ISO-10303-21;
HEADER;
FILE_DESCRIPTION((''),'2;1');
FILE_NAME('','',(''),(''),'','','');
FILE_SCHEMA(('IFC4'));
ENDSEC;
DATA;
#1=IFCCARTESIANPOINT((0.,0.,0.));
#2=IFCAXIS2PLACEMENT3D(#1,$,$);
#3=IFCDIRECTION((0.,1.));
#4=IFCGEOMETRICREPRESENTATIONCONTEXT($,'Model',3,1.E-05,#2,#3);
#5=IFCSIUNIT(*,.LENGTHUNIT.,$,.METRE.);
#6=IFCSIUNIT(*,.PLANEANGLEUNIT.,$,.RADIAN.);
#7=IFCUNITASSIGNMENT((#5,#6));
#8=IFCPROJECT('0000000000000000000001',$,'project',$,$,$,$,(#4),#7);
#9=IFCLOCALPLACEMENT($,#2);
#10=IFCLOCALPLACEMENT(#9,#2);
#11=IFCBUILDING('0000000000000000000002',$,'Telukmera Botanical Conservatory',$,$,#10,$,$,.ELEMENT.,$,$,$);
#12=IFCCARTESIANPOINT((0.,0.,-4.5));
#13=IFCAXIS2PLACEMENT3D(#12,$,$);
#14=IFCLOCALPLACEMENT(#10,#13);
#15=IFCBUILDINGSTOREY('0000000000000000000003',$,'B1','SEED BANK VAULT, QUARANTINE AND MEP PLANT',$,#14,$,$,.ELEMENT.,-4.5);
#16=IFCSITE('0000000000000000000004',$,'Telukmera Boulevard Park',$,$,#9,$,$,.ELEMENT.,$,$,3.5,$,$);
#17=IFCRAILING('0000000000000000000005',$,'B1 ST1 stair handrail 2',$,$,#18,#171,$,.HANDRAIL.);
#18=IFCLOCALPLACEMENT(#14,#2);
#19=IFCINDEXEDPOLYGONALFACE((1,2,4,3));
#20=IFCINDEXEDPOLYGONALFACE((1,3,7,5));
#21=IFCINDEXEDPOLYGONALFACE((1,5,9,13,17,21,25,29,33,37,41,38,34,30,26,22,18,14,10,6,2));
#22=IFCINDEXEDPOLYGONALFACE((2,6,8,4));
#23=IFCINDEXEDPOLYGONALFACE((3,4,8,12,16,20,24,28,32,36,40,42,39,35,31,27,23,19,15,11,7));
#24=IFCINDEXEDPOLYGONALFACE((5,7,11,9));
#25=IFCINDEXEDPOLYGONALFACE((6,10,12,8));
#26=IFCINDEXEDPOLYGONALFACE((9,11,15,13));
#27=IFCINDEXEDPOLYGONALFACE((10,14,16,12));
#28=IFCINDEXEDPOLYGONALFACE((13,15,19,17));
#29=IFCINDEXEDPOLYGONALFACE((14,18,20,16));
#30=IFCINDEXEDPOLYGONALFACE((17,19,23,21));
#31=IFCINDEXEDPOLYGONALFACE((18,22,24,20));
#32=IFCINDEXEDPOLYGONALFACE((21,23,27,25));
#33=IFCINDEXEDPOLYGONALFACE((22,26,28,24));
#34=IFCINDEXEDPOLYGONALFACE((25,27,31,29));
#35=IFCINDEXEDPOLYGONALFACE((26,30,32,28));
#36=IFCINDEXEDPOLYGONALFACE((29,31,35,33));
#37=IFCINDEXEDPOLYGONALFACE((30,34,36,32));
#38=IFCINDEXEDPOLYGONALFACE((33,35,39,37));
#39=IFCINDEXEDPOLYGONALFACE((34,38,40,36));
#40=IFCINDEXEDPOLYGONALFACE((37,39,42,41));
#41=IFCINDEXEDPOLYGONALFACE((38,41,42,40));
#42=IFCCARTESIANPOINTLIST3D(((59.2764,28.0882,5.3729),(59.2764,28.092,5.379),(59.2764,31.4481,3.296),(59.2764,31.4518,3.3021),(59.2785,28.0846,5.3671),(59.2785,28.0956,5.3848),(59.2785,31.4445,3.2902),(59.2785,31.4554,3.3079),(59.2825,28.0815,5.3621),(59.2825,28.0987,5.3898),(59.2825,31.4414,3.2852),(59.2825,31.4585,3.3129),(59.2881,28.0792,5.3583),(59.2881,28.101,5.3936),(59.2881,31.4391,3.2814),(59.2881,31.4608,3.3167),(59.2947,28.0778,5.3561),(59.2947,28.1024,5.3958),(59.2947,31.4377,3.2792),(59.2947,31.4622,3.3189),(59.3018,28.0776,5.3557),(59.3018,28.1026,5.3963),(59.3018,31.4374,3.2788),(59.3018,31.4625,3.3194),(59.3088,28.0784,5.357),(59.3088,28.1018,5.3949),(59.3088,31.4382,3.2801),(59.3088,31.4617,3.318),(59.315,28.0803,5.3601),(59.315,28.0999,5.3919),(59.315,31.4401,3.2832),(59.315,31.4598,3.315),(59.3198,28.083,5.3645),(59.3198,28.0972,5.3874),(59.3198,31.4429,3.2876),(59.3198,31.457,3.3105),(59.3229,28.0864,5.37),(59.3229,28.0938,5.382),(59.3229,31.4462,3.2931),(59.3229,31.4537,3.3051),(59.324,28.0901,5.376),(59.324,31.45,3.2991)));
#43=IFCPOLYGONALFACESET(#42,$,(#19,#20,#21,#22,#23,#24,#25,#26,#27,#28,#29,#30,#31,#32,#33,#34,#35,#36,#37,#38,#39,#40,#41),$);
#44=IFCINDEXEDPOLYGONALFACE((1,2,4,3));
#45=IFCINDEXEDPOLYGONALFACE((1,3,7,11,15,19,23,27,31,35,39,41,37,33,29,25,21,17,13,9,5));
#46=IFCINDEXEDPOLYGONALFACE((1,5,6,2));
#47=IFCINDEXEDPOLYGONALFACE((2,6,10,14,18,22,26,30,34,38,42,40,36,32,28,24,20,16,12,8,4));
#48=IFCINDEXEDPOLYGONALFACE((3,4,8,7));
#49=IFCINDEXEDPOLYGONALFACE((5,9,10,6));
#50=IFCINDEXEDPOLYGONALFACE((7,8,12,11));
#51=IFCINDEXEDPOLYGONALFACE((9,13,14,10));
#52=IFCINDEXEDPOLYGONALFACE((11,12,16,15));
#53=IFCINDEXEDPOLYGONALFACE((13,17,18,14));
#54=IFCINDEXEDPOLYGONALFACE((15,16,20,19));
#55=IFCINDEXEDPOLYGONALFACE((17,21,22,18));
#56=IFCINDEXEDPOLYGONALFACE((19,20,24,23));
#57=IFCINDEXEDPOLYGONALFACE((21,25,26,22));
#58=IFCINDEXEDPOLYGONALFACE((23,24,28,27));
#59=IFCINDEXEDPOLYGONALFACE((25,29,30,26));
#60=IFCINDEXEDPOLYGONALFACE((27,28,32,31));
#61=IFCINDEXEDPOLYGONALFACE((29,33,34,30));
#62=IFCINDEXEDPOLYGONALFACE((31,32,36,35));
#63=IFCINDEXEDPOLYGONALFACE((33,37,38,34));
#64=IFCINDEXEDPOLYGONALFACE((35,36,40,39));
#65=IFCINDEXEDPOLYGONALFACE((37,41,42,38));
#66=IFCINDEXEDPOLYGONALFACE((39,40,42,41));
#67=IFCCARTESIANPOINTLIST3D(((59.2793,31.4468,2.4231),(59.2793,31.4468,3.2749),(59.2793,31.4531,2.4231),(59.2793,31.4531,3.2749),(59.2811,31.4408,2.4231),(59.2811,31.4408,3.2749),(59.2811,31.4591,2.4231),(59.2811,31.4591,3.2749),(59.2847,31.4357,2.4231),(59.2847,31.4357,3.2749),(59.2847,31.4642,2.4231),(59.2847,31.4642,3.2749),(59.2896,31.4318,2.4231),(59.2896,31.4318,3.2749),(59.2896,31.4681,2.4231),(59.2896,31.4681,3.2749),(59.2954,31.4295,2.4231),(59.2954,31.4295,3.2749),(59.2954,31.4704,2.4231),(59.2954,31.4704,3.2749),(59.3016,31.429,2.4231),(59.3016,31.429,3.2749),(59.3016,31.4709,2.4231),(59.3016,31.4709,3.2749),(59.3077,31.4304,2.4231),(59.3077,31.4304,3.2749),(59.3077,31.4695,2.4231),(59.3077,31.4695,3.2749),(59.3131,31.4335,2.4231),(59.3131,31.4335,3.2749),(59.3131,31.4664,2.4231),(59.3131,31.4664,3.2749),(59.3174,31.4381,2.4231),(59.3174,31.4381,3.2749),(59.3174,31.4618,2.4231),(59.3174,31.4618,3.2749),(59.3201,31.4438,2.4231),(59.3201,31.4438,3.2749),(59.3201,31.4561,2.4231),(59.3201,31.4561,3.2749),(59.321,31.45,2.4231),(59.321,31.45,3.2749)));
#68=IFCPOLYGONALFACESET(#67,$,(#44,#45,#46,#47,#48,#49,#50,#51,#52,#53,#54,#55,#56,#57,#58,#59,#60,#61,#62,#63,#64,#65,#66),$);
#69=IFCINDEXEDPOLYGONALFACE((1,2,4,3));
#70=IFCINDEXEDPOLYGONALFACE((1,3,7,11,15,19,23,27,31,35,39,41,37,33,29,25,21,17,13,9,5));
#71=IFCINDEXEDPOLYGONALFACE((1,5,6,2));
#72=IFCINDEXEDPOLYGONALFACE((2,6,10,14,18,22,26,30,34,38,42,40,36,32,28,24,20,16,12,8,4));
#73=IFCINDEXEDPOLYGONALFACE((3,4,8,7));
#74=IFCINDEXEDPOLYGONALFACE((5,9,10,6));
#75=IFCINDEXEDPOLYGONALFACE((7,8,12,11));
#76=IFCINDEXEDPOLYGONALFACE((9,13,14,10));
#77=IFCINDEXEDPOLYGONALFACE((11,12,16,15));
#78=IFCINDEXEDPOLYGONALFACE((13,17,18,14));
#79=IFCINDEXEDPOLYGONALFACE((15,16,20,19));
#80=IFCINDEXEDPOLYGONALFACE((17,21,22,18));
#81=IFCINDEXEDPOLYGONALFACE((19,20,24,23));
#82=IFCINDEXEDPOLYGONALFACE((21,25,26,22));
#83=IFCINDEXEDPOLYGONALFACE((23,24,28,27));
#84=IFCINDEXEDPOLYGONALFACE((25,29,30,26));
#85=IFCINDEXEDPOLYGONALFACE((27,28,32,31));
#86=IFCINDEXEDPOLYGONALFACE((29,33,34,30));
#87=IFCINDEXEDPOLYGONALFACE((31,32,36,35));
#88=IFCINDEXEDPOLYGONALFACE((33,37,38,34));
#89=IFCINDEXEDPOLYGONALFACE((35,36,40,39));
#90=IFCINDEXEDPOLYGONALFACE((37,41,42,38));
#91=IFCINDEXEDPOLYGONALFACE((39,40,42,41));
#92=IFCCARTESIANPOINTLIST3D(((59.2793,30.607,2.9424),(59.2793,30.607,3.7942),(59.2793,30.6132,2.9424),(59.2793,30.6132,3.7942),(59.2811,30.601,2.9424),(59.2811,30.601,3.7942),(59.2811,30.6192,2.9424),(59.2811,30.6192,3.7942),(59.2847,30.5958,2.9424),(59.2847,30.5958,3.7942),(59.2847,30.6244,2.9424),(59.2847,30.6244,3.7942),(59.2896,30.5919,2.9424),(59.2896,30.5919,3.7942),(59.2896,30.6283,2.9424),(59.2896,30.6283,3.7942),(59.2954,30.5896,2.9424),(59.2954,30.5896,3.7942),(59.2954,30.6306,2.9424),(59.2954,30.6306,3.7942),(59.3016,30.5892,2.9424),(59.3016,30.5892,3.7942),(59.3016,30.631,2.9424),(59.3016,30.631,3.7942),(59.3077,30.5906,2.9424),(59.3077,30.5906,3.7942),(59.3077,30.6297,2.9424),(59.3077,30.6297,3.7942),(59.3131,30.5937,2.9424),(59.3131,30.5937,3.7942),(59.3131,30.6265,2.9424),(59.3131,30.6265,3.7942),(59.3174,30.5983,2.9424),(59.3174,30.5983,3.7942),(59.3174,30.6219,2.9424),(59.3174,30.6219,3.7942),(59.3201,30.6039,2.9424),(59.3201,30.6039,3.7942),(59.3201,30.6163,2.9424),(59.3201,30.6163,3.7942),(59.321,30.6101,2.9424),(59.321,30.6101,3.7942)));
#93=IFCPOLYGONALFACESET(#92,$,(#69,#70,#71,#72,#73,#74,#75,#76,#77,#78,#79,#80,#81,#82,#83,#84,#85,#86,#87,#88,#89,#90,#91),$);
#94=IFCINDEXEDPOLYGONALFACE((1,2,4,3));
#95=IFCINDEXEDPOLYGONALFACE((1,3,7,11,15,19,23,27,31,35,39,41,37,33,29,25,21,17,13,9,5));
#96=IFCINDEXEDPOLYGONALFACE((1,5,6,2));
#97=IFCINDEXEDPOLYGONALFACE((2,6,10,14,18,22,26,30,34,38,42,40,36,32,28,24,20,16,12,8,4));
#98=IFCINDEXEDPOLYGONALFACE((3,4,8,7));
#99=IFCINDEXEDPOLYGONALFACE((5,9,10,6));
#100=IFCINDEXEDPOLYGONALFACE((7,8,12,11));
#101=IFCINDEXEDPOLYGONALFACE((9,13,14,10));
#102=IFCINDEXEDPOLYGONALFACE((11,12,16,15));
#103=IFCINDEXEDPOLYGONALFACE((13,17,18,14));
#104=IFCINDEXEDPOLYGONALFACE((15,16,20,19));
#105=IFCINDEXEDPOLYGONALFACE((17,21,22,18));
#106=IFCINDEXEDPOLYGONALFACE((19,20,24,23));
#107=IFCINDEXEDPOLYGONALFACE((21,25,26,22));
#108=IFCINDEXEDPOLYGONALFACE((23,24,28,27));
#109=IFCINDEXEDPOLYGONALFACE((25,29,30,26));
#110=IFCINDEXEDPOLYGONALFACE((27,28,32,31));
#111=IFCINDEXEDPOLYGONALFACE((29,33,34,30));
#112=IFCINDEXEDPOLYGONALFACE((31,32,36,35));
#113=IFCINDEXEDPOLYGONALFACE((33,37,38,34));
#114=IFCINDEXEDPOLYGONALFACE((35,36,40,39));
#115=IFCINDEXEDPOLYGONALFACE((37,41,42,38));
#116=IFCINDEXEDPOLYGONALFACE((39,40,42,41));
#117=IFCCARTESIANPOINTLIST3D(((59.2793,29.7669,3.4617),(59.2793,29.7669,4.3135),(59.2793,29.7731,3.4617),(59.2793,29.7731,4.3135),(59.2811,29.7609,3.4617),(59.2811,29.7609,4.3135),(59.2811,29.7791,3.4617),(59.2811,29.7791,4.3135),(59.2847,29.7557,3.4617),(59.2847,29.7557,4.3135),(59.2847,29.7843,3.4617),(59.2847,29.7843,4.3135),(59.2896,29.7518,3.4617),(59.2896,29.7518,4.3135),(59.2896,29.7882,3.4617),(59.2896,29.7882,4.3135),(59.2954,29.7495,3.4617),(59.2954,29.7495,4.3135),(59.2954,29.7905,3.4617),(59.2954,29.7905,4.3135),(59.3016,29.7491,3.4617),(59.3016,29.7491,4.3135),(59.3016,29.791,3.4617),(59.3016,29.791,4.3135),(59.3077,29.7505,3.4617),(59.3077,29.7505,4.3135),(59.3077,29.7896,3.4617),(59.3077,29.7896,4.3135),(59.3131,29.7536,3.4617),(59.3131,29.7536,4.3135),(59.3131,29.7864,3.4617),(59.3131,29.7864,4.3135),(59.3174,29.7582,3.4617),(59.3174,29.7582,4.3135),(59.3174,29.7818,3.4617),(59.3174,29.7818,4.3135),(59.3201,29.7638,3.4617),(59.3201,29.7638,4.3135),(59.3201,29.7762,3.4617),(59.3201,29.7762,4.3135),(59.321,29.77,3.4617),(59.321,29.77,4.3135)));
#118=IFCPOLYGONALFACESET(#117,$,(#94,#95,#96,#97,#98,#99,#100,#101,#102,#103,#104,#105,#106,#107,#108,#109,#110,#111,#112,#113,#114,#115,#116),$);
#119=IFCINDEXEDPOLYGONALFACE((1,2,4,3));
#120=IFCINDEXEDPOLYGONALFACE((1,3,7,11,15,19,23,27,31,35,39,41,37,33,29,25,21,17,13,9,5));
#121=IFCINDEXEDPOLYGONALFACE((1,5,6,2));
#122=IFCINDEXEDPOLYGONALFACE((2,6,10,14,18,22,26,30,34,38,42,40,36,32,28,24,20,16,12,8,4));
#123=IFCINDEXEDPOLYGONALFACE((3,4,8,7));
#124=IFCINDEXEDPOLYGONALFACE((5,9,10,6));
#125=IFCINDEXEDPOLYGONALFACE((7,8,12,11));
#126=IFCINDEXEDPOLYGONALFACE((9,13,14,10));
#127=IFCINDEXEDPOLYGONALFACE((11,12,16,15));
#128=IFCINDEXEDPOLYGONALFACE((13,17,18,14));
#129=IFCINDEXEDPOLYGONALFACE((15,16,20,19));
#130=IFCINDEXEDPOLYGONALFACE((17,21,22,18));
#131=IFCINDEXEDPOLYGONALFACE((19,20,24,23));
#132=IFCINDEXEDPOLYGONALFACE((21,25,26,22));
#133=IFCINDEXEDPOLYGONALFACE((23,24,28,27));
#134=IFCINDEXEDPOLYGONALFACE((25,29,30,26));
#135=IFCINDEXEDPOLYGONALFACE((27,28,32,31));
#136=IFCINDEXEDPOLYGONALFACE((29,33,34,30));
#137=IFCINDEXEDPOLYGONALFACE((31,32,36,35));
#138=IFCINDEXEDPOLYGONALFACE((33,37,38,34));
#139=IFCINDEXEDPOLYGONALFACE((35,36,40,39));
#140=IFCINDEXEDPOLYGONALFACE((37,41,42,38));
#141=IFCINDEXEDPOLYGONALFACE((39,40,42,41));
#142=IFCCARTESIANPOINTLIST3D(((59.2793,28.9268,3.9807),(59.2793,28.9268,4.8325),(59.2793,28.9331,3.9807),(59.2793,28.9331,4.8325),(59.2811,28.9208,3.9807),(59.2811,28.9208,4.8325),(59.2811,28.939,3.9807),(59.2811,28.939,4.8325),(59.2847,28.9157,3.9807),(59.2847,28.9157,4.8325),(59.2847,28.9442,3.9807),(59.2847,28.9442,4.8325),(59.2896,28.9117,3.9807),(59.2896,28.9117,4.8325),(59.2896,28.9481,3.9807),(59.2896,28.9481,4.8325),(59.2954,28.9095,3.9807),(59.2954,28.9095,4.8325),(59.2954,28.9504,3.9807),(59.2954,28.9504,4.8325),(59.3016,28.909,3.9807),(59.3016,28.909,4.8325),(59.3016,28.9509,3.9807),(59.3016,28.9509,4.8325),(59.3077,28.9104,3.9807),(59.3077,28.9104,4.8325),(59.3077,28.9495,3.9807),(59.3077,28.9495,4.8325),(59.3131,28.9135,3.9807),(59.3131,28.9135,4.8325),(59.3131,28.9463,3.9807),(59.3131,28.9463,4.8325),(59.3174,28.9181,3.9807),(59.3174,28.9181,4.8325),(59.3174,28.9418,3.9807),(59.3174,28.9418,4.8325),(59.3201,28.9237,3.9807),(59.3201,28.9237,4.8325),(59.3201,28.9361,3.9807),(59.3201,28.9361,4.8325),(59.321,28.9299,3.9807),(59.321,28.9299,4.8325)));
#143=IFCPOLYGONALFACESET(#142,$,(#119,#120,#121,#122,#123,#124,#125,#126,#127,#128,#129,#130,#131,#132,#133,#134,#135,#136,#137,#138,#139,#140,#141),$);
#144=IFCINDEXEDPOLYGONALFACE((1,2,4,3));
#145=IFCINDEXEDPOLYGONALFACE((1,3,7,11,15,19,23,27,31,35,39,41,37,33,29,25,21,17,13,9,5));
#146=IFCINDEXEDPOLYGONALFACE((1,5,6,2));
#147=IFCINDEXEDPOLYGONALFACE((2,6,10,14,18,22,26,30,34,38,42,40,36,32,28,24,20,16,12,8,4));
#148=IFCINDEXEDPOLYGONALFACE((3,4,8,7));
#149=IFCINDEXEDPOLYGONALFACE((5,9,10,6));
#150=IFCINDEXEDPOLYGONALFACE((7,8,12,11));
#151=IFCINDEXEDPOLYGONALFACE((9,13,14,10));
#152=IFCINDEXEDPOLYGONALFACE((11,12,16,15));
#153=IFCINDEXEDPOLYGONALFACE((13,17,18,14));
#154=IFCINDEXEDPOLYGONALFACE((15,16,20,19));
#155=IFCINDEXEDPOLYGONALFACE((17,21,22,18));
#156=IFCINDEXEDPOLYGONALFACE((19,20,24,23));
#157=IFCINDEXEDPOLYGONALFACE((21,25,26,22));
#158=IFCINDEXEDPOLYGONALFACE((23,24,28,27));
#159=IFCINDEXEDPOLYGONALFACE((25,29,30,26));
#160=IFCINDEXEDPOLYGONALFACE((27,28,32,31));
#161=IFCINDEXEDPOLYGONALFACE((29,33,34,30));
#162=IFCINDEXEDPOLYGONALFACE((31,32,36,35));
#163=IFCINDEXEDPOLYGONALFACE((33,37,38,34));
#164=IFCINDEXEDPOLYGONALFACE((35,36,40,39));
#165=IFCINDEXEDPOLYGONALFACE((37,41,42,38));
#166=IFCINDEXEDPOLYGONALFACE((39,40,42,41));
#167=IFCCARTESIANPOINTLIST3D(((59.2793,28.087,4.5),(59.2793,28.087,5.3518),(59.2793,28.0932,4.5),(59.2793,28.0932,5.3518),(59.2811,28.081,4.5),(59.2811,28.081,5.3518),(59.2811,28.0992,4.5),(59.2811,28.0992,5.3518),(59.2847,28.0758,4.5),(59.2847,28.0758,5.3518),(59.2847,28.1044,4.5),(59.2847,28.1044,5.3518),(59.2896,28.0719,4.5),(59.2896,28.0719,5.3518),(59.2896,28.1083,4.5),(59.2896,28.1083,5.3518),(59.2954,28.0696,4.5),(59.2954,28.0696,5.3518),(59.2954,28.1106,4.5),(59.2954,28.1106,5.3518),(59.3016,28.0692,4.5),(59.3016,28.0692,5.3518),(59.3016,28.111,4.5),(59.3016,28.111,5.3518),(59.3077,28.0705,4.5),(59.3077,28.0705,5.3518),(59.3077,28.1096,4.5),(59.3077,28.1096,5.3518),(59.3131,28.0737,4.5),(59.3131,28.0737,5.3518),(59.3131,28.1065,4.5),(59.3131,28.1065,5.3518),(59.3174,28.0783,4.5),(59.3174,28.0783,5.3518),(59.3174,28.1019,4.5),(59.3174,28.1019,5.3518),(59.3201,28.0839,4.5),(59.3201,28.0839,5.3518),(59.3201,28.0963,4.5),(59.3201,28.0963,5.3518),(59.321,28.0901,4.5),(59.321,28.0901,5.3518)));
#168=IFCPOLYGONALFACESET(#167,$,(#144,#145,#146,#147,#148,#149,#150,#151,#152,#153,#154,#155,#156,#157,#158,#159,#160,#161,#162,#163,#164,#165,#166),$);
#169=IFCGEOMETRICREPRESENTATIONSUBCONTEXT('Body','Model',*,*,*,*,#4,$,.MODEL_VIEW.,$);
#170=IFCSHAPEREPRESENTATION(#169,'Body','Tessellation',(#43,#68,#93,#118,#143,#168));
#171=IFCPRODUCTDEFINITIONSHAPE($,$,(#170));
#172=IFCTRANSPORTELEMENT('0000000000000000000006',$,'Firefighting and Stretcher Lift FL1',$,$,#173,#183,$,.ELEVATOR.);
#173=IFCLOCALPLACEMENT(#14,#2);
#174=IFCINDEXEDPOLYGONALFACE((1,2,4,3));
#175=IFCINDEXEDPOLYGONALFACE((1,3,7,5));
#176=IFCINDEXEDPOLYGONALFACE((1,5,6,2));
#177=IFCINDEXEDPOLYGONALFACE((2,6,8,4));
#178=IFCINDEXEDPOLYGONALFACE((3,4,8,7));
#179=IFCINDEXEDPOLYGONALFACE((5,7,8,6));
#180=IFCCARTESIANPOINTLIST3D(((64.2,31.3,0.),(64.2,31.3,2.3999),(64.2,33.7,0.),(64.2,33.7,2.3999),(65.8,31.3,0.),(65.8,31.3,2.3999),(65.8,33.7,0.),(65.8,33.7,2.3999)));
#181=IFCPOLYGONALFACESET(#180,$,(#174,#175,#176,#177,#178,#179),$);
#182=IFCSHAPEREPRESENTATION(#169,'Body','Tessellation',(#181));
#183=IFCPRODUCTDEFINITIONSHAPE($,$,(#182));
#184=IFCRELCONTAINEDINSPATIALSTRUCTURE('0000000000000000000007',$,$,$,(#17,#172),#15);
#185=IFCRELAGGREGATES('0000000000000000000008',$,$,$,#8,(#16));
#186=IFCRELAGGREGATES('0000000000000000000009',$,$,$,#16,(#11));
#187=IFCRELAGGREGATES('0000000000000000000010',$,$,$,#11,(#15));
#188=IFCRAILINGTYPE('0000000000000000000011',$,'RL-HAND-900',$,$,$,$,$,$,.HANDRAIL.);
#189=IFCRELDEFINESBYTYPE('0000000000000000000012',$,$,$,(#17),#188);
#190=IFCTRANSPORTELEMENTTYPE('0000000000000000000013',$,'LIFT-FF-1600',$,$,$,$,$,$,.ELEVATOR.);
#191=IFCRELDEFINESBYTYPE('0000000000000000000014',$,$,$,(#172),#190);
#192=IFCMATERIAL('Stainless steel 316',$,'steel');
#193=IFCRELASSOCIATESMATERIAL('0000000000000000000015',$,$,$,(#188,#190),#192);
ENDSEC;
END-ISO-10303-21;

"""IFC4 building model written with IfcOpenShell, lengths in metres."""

from ifc_helpers import new_model, si_unit, direction, frame, origin, origin_2d, place, context, subcontext, project, spatial, rectangle, circle, extrude, material, type_object, element, save


model = new_model("IFC4")

# Units and contexts
model_context = context("Model", 3, precision=1e-05, world=origin(), true_north=direction((0.0, 1.0)))
body_context = subcontext(model_context, "Body", "Model", "MODEL_VIEW")
ifc_project = project(units=[si_unit("LENGTHUNIT", "METRE"), si_unit("PLANEANGLEUNIT", "RADIAN")], contexts=[model_context])

# Site, building, storey
site_placement = place(None, origin())
site = spatial("IfcSite", under=ifc_project, at=site_placement, Name="Telukmera Boulevard Park", CompositionType="ELEMENT", RefElevation=3.5)
building_placement = place(site_placement, origin())
building = spatial("IfcBuilding", under=site, at=building_placement, Name="Telukmera Botanical Conservatory", CompositionType="ELEMENT")
storey_placement = place(building_placement, frame((0.0, 0.0, -4.5)))
storey = spatial("IfcBuildingStorey", under=building, at=storey_placement, Name="B1", Description="SEED BANK VAULT, QUARANTINE AND MEP PLANT", CompositionType="ELEMENT", Elevation=-4.5)

# Shared definitions
ifc_material_1 = material(Name="Stainless steel 316", Category="steel")

# Railing
railing_type_1 = type_object("IfcRailingType", Name="RL-HAND-900", PredefinedType="HANDRAIL", material=ifc_material_1)
railing_1_placement = place(storey_placement, frame((59.3, 31.45, 2.4231)))
element("IfcRailing", 1, at=railing_1_placement, inside=storey, type_object=railing_type_1, Name="B1 ST1 stair handrail 2", PredefinedType="HANDRAIL", context=body_context, shape_type="SweptSolid", body=[
    extrude(circle(Radius=0.0239, at=origin_2d()), frame((0.0, 0.0, 0.876), z_axis=(0.0, -0.850606, 0.525803), x_axis=(1.0, 0.0, 0.0)), (0.0, 0.0, 1.0), 3.95),
    extrude(circle(Radius=0.021, at=origin_2d()), origin(), (0.0, 0.0, 1.0), 0.8518),
    extrude(circle(Radius=0.021, at=origin_2d()), frame((0.0, -0.8398, 0.5193)), (0.0, 0.0, 1.0), 0.8518),
    extrude(circle(Radius=0.021, at=origin_2d()), frame((0.0, -1.6799, 1.0386)), (0.0, 0.0, 1.0), 0.8518),
    extrude(circle(Radius=0.021, at=origin_2d()), frame((0.0, -2.52, 1.5576)), (0.0, 0.0, 1.0), 0.8518),
    extrude(circle(Radius=0.021, at=origin_2d()), frame((0.0, -3.3599, 2.0769)), (0.0, 0.0, 1.0), 0.8518),
])

# Transport element
transport_element_type = type_object("IfcTransportElementType", Name="LIFT-FF-1600", PredefinedType="ELEVATOR", material=ifc_material_1)
transport_element_placement = place(storey_placement, frame((65.0, 32.5, 0.0), z_axis=(0.0, 0.0, 1.0), x_axis=(1.0, 0.0, 0.0)))
element("IfcTransportElement", 2, at=transport_element_placement, inside=storey, type_object=transport_element_type, Name="Firefighting and Stretcher Lift FL1", PredefinedType="ELEVATOR", context=body_context, shape_type="SweptSolid", body=[
    extrude(rectangle(XDim=1.6001, YDim=2.3999, at=origin_2d()), origin(), (0.0, 0.0, 1.0), 2.3999),
])

save(model, "model.ifc")
